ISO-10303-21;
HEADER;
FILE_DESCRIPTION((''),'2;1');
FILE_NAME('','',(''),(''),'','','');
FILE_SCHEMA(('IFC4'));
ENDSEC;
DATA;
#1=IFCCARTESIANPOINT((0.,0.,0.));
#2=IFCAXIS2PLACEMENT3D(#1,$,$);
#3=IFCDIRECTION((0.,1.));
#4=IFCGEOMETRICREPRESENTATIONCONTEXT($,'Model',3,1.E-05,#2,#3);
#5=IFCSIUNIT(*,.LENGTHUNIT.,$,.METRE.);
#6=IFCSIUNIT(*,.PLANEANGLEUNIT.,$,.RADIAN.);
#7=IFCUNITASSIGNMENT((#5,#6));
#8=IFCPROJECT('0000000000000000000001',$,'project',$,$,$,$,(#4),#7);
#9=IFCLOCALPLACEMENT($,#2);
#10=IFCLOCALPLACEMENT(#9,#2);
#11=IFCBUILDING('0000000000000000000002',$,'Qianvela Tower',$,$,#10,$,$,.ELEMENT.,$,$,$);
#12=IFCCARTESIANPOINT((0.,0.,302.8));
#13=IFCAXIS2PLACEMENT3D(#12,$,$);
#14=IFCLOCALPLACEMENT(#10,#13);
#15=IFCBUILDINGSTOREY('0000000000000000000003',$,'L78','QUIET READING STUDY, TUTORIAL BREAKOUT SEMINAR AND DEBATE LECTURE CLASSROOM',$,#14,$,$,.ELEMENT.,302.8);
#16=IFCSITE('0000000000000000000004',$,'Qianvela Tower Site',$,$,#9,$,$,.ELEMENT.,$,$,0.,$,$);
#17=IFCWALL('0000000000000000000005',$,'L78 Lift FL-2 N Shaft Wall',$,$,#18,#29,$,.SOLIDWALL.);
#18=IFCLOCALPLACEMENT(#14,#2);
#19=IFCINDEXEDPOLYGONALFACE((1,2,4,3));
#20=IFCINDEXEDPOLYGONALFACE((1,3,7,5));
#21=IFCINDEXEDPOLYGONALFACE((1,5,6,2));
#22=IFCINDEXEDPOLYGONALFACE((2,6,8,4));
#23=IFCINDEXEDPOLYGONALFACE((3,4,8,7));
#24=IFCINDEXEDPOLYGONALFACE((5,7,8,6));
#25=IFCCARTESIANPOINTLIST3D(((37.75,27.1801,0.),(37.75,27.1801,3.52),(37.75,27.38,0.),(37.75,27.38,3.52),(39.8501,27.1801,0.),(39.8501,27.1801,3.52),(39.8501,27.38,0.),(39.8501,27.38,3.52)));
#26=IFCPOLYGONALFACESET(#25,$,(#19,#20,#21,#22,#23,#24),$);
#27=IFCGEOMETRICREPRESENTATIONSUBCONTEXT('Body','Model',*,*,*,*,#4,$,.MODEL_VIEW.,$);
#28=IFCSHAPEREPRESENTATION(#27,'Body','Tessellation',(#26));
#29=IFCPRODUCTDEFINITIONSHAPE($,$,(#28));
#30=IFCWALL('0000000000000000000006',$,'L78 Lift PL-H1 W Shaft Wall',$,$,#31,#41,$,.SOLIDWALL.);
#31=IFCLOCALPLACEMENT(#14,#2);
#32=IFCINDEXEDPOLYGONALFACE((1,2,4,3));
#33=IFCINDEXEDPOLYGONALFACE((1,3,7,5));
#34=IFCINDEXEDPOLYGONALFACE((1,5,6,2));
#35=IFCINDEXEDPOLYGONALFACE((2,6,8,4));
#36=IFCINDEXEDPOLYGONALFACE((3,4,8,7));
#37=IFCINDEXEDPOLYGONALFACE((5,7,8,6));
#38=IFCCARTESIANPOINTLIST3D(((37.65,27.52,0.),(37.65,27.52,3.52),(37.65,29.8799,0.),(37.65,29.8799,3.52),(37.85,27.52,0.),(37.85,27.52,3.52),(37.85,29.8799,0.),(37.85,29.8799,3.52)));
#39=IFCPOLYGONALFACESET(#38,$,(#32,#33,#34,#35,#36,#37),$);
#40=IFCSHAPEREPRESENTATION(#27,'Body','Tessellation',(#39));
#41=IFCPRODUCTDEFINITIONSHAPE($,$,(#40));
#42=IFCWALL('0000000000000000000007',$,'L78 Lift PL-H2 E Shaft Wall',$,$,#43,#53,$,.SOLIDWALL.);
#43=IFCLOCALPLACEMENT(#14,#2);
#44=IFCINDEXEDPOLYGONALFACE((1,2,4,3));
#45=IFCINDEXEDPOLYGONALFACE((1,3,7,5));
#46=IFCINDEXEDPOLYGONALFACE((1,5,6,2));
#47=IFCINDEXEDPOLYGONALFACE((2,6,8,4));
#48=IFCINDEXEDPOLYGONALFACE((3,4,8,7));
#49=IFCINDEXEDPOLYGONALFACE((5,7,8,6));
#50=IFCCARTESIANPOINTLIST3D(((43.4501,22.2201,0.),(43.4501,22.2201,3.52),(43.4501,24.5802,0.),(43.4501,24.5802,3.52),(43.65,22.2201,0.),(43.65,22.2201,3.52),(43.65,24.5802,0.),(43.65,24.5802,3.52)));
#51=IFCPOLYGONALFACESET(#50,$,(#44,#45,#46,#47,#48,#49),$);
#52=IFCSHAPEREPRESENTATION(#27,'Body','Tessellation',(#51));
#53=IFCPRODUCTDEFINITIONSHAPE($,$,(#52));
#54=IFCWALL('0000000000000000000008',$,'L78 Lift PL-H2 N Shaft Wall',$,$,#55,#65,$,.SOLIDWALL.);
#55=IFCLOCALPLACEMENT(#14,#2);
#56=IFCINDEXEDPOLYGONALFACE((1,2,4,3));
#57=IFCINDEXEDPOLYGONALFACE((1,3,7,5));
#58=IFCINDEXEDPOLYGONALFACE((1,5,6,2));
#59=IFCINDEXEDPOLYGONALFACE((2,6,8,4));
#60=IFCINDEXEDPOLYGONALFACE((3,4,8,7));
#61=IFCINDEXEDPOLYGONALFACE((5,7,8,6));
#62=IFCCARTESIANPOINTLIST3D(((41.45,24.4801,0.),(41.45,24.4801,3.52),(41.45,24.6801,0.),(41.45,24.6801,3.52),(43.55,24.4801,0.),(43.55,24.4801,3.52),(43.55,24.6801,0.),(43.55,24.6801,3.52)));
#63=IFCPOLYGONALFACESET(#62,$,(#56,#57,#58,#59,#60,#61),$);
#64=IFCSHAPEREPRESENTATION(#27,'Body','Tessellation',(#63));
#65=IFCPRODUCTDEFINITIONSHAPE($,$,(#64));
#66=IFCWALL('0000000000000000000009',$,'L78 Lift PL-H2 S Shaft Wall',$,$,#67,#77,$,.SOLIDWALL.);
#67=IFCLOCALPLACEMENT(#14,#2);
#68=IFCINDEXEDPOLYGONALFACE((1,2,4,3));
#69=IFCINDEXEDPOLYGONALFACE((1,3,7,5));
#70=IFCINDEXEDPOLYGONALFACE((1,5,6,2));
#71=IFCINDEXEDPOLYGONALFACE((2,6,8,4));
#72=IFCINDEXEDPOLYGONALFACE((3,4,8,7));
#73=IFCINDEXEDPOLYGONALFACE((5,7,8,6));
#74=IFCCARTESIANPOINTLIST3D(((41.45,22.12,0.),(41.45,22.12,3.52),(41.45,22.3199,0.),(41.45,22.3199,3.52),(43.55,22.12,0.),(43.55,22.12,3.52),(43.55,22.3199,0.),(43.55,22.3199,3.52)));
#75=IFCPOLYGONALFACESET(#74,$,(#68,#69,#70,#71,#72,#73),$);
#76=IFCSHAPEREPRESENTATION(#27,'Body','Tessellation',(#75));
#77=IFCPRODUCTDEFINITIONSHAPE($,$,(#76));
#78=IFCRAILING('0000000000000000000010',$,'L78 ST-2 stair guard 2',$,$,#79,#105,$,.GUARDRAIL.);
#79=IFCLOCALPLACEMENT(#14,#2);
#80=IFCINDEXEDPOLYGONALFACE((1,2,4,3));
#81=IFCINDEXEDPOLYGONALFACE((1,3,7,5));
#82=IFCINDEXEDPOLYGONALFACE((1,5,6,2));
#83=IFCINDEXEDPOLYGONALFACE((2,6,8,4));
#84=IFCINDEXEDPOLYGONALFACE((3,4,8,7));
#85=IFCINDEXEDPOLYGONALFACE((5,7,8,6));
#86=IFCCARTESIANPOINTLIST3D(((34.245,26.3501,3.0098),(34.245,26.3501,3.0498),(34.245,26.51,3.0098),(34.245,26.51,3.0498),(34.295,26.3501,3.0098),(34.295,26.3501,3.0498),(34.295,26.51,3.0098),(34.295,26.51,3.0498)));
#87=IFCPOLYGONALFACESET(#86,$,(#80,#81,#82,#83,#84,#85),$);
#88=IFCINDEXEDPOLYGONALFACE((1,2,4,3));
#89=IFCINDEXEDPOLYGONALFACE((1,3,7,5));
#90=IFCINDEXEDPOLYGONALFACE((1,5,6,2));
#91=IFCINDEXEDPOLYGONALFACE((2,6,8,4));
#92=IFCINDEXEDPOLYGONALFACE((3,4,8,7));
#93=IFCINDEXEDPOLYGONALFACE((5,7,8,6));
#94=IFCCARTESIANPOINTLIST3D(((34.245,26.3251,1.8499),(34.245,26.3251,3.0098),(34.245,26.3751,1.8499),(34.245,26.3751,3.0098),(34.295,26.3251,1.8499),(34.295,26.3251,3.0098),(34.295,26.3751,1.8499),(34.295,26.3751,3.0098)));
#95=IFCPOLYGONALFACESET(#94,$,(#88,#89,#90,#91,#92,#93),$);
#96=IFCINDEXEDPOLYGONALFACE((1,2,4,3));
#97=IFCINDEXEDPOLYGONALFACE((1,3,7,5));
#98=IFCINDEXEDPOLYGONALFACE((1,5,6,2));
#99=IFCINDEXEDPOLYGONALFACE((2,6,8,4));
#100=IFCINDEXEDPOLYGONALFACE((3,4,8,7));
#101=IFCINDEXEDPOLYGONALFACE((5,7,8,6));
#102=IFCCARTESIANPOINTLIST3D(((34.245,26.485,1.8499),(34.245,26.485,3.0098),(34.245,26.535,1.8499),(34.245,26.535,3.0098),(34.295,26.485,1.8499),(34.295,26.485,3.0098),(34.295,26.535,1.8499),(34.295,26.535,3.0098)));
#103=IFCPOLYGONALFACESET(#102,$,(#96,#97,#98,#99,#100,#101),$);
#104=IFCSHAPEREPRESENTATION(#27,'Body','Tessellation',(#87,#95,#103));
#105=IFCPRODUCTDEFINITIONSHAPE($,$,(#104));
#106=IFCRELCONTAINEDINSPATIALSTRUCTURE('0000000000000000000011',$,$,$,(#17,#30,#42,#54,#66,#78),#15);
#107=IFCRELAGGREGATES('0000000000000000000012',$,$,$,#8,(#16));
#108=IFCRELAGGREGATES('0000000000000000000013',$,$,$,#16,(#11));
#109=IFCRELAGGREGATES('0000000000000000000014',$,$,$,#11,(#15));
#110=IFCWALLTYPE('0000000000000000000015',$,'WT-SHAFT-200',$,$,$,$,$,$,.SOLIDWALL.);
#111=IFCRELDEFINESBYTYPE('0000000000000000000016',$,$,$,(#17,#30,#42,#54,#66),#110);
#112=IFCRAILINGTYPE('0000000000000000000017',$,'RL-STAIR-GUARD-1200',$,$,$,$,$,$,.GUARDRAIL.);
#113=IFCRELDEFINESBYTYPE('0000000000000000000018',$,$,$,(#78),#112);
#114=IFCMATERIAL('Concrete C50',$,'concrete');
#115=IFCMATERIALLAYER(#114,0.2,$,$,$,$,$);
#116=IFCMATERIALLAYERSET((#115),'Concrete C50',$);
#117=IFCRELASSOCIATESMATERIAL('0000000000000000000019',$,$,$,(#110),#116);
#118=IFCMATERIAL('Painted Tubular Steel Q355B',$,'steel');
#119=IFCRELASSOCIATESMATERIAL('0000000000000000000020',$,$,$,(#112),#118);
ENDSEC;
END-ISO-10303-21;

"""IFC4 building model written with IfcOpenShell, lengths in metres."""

from ifc_helpers import new_model, si_unit, direction, frame, frame_2d, origin, origin_2d, place, context, subcontext, project, spatial, rectangle, extrude, material, layer, layer_set, type_object, element, save


model = new_model("IFC4")

# Units and contexts
model_context = context("Model", 3, precision=1e-05, world=origin(), true_north=direction((0.0, 1.0)))
body_context = subcontext(model_context, "Body", "Model", "MODEL_VIEW")
ifc_project = project(units=[si_unit("LENGTHUNIT", "METRE"), si_unit("PLANEANGLEUNIT", "RADIAN")], contexts=[model_context])

# Site, building, storey
site_placement = place(None, origin())
site = spatial("IfcSite", under=ifc_project, at=site_placement, Name="Qianvela Tower Site", CompositionType="ELEMENT", RefElevation=0.0)
building_placement = place(site_placement, origin())
building = spatial("IfcBuilding", under=site, at=building_placement, Name="Qianvela Tower", CompositionType="ELEMENT")
storey_placement = place(building_placement, frame((0.0, 0.0, 302.8)))
storey = spatial("IfcBuildingStorey", under=building, at=storey_placement, Name="L78", Description="QUIET READING STUDY, TUTORIAL BREAKOUT SEMINAR AND DEBATE LECTURE CLASSROOM", CompositionType="ELEMENT", Elevation=302.8)

# Shared definitions
ifc_material_1 = material(Name="Concrete C50", Category="concrete")
ifc_layer_1 = layer(ifc_material_1, 0.2)
ifc_layer_set_1 = layer_set([ifc_layer_1], Name="Concrete C50")
wall_type_1 = type_object("IfcWallType", Name="WT-SHAFT-200", PredefinedType="SOLIDWALL", material=ifc_layer_set_1)

# Walls
wall_1_placement = place(storey_placement, frame((37.75, 27.28, 0.0), z_axis=(0.0, 0.0, 1.0), x_axis=(1.0, 0.0, 0.0)))
element("IfcWall", 1, at=wall_1_placement, inside=storey, type_object=wall_type_1, Name="L78 Lift FL-2 N Shaft Wall", PredefinedType="SOLIDWALL", context=body_context, shape_type="SweptSolid", body=[
    extrude(rectangle(XDim=2.1001, YDim=0.2, at=frame_2d((1.05, 0.0))), origin(), (0.0, 0.0, 1.0), 3.52),
])
wall_2_placement = place(storey_placement, frame((37.75, 27.52, 0.0), z_axis=(0.0, 0.0, 1.0), x_axis=(0.0, 1.0, 0.0)))
element("IfcWall", 2, at=wall_2_placement, inside=storey, type_object=wall_type_1, Name="L78 Lift PL-H1 W Shaft Wall", PredefinedType="SOLIDWALL", context=body_context, shape_type="SweptSolid", body=[
    extrude(rectangle(XDim=2.3599, YDim=0.2, at=frame_2d((1.1799, 0.0))), origin(), (0.0, 0.0, 1.0), 3.52),
])
wall_3_placement = place(storey_placement, frame((43.55, 22.22, 0.0), z_axis=(0.0, 0.0, 1.0), x_axis=(0.0, 1.0, 0.0)))
element("IfcWall", 3, at=wall_3_placement, inside=storey, type_object=wall_type_1, Name="L78 Lift PL-H2 E Shaft Wall", PredefinedType="SOLIDWALL", context=body_context, shape_type="SweptSolid", body=[
    extrude(rectangle(XDim=2.3601, YDim=0.2, at=frame_2d((1.1802, 0.0))), origin(), (0.0, 0.0, 1.0), 3.52),
])

# Walls
for number, where, z_axis, x_axis, name in (
    (4, (41.45, 24.5801, 0.0), (0.0, 0.0, 1.0), (1.0, 0.0, 0.0), "L78 Lift PL-H2 N Shaft Wall"),
    (5, (41.45, 22.22, 0.0), (0.0, 0.0, 1.0), (1.0, 0.0, 0.0), "L78 Lift PL-H2 S Shaft Wall"),
):
    element("IfcWall", number, at=place(storey_placement, frame(where, z_axis=z_axis, x_axis=x_axis)), inside=storey, type_object=wall_type_1, Name=name, PredefinedType="SOLIDWALL", context=body_context, shape_type="SweptSolid", body=[
        extrude(rectangle(XDim=2.1001, YDim=0.2, at=frame_2d((1.05, 0.0))), origin(), (0.0, 0.0, 1.0), 3.52),
    ])

# Railing
ifc_material_2 = material(Name="Painted Tubular Steel Q355B", Category="steel")
railing_type = type_object("IfcRailingType", Name="RL-STAIR-GUARD-1200", PredefinedType="GUARDRAIL", material=ifc_material_2)
railing_placement = place(storey_placement, frame((34.27, 26.3501, 1.8499)))
element("IfcRailing", 6, at=railing_placement, inside=storey, type_object=railing_type, Name="L78 ST-2 stair guard 2", PredefinedType="GUARDRAIL", context=body_context, shape_type="SweptSolid", body=[
    extrude(rectangle(XDim=0.05, YDim=0.04, at=origin_2d()), frame((0.0, 0.0, 1.1799), z_axis=(0.0, 1.0, 0.0), x_axis=(-1.0, 0.0, 0.0)), (0.0, 0.0, 1.0), 0.1599),
    extrude(rectangle(XDim=0.05, YDim=0.05, at=origin_2d()), origin(), (0.0, 0.0, 1.0), 1.1599),
    extrude(rectangle(XDim=0.05, YDim=0.05, at=origin_2d()), frame((0.0, 0.1599, 0.0)), (0.0, 0.0, 1.0), 1.1599),
])

save(model, "model.ifc")
